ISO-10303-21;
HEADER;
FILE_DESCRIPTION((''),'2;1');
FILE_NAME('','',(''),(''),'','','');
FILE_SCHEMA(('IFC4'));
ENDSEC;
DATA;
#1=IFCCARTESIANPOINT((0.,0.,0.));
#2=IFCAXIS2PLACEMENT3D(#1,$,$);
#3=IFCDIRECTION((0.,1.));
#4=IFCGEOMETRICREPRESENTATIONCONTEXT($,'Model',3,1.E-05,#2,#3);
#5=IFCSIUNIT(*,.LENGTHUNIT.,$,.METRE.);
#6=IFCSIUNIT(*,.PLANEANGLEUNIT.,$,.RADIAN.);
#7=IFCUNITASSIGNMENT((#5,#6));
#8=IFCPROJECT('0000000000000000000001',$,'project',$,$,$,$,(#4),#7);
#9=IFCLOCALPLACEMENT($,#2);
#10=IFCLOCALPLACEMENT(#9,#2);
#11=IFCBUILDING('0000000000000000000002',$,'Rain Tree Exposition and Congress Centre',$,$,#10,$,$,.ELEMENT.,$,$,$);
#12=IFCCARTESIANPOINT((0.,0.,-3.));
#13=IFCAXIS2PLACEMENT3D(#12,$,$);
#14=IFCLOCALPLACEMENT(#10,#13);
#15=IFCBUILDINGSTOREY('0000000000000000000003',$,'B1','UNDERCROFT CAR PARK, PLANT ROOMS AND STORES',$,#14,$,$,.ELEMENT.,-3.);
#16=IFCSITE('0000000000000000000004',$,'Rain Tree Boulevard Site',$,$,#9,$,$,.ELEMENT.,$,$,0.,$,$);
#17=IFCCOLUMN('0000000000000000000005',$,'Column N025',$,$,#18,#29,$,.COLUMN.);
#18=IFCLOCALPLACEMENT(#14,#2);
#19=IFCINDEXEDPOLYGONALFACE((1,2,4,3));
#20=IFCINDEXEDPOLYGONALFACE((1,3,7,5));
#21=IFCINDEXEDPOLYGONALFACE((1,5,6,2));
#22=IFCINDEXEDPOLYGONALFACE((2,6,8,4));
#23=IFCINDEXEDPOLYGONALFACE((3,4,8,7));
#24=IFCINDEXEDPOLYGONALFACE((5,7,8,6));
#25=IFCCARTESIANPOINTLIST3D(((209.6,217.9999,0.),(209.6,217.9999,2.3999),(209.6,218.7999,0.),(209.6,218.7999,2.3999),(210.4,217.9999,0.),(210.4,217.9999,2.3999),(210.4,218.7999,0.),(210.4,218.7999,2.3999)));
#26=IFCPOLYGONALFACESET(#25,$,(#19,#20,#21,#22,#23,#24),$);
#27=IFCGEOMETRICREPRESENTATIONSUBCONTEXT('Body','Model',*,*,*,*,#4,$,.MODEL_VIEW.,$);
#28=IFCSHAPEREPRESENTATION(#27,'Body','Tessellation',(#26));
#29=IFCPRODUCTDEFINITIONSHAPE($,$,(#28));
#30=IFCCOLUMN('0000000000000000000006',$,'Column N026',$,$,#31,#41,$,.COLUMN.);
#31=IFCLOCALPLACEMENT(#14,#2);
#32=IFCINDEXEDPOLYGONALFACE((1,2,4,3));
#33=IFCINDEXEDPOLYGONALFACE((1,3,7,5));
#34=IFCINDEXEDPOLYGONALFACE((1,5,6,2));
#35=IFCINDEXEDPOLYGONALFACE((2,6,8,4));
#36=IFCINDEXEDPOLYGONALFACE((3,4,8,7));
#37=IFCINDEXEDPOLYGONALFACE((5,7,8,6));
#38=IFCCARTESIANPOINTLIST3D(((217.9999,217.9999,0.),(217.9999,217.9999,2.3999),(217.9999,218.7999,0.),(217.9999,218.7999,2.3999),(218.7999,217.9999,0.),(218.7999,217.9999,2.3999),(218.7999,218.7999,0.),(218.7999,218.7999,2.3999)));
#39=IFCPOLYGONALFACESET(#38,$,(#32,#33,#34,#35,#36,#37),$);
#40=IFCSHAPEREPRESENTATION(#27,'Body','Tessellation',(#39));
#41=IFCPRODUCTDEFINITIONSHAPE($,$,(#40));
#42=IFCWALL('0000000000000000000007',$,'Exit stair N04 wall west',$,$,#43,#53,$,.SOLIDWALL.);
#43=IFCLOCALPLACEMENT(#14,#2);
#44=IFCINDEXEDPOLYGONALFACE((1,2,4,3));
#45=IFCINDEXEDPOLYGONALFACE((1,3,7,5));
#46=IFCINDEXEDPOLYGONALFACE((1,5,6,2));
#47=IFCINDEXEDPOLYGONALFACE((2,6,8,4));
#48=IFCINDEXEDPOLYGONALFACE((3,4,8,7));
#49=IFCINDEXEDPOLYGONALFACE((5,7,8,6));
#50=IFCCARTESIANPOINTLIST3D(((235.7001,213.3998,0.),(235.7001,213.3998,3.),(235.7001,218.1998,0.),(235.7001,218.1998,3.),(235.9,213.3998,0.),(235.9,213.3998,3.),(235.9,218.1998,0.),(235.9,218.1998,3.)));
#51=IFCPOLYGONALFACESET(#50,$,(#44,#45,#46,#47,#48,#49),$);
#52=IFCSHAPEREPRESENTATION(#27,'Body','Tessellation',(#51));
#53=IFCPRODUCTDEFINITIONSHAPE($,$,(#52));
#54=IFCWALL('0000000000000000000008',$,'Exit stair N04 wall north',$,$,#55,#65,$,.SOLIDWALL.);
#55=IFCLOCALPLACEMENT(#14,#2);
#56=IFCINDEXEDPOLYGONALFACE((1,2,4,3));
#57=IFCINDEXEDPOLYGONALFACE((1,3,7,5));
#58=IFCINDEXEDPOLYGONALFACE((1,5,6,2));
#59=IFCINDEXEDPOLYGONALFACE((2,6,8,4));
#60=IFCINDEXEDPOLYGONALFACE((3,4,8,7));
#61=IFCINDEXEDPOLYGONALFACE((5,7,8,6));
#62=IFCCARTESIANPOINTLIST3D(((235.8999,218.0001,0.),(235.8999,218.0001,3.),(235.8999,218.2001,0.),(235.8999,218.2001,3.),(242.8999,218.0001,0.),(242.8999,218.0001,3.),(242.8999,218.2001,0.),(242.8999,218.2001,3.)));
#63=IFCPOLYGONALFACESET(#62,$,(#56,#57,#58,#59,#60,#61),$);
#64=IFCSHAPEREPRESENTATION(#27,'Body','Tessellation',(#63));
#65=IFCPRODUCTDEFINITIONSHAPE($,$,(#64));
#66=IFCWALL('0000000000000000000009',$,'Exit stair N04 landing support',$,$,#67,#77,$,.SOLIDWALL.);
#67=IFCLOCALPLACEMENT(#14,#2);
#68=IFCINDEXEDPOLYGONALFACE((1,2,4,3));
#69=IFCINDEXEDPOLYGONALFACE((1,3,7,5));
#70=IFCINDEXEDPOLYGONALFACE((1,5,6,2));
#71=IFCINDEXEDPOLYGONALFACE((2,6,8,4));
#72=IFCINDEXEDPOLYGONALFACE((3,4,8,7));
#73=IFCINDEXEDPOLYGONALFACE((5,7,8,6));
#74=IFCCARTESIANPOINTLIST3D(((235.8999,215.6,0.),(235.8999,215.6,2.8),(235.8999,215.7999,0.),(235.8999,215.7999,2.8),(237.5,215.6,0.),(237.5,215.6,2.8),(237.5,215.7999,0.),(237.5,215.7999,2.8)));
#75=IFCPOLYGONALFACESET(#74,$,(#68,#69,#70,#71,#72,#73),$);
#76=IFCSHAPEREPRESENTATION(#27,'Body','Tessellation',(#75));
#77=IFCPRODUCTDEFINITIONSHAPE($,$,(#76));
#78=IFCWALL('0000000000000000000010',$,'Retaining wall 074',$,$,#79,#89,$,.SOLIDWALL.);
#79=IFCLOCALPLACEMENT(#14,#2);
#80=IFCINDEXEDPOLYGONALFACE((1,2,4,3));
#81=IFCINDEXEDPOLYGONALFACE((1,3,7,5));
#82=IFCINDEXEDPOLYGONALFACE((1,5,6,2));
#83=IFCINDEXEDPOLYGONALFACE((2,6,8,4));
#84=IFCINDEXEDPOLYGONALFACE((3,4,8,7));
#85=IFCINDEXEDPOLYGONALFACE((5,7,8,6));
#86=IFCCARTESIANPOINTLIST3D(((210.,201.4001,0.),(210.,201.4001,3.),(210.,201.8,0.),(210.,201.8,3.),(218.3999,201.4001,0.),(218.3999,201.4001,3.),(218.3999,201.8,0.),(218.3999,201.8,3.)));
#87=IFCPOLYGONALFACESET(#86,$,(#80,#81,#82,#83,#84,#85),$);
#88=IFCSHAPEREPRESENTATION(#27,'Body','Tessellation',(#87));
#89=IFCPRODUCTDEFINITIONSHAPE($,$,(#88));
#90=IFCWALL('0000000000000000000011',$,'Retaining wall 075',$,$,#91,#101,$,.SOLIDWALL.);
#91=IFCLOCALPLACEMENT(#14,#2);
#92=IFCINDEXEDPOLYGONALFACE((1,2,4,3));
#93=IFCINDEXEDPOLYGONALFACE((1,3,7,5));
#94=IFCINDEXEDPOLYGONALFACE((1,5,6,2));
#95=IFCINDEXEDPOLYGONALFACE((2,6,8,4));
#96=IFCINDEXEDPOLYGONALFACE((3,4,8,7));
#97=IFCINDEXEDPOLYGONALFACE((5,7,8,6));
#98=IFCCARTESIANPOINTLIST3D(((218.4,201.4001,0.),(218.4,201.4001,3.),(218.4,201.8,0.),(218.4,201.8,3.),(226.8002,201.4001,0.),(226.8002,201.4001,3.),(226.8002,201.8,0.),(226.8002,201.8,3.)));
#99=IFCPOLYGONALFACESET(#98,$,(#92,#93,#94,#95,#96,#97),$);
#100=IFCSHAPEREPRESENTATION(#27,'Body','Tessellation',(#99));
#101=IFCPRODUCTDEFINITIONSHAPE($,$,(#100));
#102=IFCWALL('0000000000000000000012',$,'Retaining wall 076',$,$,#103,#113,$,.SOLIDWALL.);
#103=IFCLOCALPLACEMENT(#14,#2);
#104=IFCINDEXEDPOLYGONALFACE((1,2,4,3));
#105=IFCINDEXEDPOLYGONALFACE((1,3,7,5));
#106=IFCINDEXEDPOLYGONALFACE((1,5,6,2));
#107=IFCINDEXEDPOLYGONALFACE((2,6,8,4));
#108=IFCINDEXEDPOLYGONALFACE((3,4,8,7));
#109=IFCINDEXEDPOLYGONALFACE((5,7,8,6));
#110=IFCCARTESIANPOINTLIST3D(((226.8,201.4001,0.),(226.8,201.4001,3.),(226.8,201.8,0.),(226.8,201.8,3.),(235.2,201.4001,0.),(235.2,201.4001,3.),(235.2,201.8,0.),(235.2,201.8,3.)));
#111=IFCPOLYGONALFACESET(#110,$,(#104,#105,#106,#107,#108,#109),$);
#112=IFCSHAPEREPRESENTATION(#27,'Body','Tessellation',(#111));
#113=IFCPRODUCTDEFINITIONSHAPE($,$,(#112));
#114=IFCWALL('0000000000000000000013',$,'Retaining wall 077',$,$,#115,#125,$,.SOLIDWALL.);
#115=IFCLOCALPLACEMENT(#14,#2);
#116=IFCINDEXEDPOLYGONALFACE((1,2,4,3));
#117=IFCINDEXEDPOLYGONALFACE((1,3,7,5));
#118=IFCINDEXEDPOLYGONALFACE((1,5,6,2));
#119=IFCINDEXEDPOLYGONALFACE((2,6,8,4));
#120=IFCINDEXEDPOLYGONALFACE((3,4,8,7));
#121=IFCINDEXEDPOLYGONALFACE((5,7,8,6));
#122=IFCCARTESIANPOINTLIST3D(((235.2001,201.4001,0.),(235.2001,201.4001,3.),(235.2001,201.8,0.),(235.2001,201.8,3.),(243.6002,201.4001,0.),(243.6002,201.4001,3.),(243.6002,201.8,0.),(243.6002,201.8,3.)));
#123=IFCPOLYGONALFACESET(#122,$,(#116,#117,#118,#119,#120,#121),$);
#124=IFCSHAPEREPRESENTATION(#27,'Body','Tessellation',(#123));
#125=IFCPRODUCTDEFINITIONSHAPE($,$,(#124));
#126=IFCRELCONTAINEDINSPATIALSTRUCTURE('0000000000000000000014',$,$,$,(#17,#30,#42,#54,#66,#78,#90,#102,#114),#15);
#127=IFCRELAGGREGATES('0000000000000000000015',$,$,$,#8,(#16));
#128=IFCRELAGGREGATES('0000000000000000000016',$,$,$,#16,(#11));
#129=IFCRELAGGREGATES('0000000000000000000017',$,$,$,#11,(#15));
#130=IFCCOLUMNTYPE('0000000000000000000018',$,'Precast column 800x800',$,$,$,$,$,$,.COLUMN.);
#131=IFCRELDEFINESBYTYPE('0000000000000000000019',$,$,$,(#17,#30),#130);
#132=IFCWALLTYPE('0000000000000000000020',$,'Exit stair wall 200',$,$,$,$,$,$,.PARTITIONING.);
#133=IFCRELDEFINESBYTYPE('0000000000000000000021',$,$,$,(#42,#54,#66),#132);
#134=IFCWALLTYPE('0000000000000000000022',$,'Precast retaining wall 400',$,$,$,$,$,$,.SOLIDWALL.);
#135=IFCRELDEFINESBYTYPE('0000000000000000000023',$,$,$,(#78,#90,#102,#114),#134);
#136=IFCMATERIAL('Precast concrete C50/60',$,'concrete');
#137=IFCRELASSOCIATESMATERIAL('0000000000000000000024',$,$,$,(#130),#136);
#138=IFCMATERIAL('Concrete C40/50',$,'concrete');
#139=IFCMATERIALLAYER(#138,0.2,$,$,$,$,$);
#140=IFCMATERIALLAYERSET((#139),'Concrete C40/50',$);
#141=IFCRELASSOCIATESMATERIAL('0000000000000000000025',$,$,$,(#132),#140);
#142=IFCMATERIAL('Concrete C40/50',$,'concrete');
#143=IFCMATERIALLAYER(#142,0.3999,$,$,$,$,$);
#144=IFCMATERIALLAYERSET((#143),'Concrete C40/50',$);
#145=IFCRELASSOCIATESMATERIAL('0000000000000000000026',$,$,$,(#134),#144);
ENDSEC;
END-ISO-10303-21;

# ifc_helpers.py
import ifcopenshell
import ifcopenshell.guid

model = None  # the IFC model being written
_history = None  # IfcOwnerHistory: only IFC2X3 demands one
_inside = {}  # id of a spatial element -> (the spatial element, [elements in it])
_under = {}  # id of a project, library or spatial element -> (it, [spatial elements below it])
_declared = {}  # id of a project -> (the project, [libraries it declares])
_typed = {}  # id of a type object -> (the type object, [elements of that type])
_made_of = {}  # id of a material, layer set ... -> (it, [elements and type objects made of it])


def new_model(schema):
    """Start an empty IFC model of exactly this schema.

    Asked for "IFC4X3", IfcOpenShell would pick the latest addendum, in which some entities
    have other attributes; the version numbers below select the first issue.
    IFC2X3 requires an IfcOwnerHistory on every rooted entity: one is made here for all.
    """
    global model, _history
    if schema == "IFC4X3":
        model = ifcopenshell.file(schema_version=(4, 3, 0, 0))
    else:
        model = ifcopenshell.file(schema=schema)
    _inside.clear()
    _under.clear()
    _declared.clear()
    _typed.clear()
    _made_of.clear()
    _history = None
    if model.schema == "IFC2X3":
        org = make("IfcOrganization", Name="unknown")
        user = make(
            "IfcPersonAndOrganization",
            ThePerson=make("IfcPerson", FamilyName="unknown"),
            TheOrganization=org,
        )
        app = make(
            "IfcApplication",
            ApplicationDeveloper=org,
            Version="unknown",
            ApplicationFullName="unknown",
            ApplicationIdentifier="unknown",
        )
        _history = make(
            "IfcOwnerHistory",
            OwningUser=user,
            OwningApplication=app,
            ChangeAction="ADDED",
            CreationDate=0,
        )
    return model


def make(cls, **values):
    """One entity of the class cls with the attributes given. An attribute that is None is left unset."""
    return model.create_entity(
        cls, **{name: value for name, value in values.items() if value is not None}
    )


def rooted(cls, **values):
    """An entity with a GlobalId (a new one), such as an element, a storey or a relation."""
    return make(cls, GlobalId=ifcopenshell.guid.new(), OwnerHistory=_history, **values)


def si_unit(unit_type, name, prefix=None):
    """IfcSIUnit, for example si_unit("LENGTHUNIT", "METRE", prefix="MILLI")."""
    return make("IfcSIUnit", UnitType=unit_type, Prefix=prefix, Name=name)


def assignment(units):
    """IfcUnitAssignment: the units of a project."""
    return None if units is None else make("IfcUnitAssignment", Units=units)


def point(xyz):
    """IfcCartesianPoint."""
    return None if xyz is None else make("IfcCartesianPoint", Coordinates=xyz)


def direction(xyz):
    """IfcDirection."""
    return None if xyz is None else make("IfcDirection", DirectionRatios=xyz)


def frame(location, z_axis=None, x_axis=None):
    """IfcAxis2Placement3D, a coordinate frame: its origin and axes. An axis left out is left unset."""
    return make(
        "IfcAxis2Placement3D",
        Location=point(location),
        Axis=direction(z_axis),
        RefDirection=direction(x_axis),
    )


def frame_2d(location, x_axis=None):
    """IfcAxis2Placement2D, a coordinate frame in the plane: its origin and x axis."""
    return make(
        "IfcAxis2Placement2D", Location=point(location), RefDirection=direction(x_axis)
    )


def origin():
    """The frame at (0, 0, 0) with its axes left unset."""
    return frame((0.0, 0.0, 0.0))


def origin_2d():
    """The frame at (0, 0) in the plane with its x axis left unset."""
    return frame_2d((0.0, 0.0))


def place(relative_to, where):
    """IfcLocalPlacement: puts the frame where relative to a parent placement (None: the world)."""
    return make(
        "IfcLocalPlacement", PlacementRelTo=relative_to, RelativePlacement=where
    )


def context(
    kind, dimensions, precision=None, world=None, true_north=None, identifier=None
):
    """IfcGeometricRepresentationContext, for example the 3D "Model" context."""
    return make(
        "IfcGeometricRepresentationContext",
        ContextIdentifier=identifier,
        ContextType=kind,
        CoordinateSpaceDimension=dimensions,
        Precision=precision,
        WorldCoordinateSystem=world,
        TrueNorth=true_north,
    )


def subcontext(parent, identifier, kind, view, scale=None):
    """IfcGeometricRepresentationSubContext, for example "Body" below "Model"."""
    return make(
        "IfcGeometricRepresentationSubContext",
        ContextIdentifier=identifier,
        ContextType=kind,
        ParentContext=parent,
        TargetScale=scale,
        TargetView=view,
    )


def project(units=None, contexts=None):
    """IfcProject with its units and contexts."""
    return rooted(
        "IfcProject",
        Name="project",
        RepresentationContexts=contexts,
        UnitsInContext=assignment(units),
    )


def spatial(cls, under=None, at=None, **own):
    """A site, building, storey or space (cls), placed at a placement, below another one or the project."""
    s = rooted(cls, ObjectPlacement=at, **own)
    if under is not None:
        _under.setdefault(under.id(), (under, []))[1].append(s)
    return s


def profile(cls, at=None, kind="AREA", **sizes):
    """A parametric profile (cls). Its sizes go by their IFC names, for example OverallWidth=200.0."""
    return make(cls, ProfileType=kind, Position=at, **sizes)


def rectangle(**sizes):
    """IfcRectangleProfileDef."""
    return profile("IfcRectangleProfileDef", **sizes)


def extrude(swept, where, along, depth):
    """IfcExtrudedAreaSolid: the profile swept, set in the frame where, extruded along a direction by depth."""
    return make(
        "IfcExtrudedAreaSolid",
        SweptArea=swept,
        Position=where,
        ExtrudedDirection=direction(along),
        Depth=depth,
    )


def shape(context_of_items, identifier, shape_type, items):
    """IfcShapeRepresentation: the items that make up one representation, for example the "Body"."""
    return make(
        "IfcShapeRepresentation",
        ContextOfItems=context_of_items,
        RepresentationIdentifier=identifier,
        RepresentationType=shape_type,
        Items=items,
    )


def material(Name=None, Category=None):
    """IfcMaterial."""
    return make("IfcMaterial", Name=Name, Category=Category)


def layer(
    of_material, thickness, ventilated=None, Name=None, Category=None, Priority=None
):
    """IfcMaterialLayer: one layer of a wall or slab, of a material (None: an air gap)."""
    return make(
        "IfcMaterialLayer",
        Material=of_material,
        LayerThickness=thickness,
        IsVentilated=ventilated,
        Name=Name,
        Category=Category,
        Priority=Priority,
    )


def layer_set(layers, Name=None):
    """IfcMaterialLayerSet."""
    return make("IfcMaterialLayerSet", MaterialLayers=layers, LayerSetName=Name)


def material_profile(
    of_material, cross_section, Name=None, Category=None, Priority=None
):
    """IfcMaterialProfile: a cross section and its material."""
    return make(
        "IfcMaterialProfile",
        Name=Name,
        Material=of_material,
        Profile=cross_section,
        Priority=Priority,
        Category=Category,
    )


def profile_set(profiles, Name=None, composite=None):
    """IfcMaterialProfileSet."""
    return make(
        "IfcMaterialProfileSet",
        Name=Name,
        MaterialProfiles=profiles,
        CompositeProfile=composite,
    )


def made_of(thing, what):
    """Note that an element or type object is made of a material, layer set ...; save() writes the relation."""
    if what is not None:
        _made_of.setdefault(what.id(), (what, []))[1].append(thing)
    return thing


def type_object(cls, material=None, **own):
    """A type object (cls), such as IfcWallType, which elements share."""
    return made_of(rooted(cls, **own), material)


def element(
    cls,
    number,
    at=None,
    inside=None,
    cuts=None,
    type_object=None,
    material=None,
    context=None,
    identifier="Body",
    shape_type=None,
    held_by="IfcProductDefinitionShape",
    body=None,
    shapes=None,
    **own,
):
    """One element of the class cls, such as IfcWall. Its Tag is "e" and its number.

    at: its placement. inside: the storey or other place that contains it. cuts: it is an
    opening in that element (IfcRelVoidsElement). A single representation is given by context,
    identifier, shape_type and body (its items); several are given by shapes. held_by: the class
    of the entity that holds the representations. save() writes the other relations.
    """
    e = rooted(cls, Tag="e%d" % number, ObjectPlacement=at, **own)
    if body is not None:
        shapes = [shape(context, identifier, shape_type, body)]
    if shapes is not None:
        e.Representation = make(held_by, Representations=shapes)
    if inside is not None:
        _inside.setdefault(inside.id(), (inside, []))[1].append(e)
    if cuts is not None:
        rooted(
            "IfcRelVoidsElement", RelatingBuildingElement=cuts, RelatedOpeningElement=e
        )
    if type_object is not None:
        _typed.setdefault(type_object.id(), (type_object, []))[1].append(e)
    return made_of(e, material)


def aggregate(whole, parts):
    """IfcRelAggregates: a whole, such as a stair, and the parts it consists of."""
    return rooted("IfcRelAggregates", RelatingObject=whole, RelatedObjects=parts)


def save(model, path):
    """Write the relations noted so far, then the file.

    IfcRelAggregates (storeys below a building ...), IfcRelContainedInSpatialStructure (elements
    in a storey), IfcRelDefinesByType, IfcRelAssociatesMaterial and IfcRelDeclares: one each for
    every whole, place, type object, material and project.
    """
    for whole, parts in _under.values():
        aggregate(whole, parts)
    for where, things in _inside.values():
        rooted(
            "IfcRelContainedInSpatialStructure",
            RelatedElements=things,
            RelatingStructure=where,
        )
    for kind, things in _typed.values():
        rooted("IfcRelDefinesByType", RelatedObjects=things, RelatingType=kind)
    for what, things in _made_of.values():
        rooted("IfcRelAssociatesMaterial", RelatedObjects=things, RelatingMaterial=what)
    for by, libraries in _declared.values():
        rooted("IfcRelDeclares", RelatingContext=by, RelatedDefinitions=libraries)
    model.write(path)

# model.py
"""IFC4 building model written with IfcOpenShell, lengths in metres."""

from ifc_helpers import new_model, si_unit, direction, frame, frame_2d, origin, origin_2d, place, context, subcontext, project, spatial, rectangle, extrude, material, layer, layer_set, material_profile, profile_set, type_object, element, save


model = new_model("IFC4")

# Units and contexts
model_context = context("Model", 3, precision=1e-05, world=origin(), true_north=direction((0.0, 1.0)))
body_context = subcontext(model_context, "Body", "Model", "MODEL_VIEW")
ifc_project = project(units=[si_unit("LENGTHUNIT", "METRE"), si_unit("PLANEANGLEUNIT", "RADIAN")], contexts=[model_context])

# Site, building, storey
site_placement = place(None, origin())
site = spatial("IfcSite", under=ifc_project, at=site_placement, Name="Rain Tree Boulevard Site", CompositionType="ELEMENT", RefElevation=0.0)
building_placement = place(site_placement, origin())
building = spatial("IfcBuilding", under=site, at=building_placement, Name="Rain Tree Exposition and Congress Centre", CompositionType="ELEMENT")
storey_placement = place(building_placement, frame((0.0, 0.0, -3.0)))
storey = spatial("IfcBuildingStorey", under=building, at=storey_placement, Name="B1", Description="UNDERCROFT CAR PARK, PLANT ROOMS AND STORES", CompositionType="ELEMENT", Elevation=-3.0)

# Columns
ifc_material_1 = material(Name="Precast concrete C50/60", Category="concrete")
ifc_material_profile_1 = material_profile(ifc_material_1, rectangle(XDim=0.8, YDim=0.8, at=origin_2d()), Name="RC 800x800")
ifc_profile_set_1 = profile_set([ifc_material_profile_1], Name="Precast concrete C50/60")
column_type = type_object("IfcColumnType", Name="Precast column 800x800", PredefinedType="COLUMN", material=ifc_profile_set_1)
for number, where, z_axis, x_axis, name in (
    (1, (210.0, 218.3999, 0.0), (0.0, 0.0, 1.0), (1.0, 0.0, 0.0), "Column N025"),
    (2, (218.3999, 218.3999, 0.0), (0.0, 0.0, 1.0), (1.0, 0.0, 0.0), "Column N026"),
):
    element("IfcColumn", number, at=place(storey_placement, frame(where, z_axis=z_axis, x_axis=x_axis)), inside=storey, type_object=column_type, Name=name, PredefinedType="COLUMN", context=body_context, shape_type="SweptSolid", body=[
        extrude(rectangle(XDim=0.8, YDim=0.8, at=origin_2d()), origin(), (0.0, 0.0, 1.0), 2.3999),
    ])

# Wall
ifc_material_2 = material(Name="Concrete C40/50", Category="concrete")
ifc_layer_1 = layer(ifc_material_2, 0.2)
ifc_layer_set_1 = layer_set([ifc_layer_1], Name="Concrete C40/50")
wall_type_1 = type_object("IfcWallType", Name="Exit stair wall 200", PredefinedType="PARTITIONING", material=ifc_layer_set_1)
wall_1_placement = place(storey_placement, frame((235.8, 213.3999, 0.0), z_axis=(0.0, 0.0, 1.0), x_axis=(0.0, 1.0, 0.0)))
element("IfcWall", 3, at=wall_1_placement, inside=storey, type_object=wall_type_1, Name="Exit stair N04 wall west", PredefinedType="SOLIDWALL", context=body_context, shape_type="SweptSolid", body=[
    extrude(rectangle(XDim=4.8, YDim=0.2, at=frame_2d((2.3999, 0.0))), origin(), (0.0, 0.0, 1.0), 3.0),
])

# Walls
wall_2_placement = place(storey_placement, frame((235.8999, 218.1001, 0.0), z_axis=(0.0, 0.0, 1.0), x_axis=(1.0, 0.0, 0.0)))
element("IfcWall", 4, at=wall_2_placement, inside=storey, type_object=wall_type_1, Name="Exit stair N04 wall north", PredefinedType="SOLIDWALL", context=body_context, shape_type="SweptSolid", body=[
    extrude(rectangle(XDim=7.0, YDim=0.2, at=frame_2d((3.5, 0.0))), origin(), (0.0, 0.0, 1.0), 3.0),
])
wall_3_placement = place(storey_placement, frame((235.8999, 215.7, 0.0), z_axis=(0.0, 0.0, 1.0), x_axis=(1.0, 0.0, 0.0)))
element("IfcWall", 5, at=wall_3_placement, inside=storey, type_object=wall_type_1, Name="Exit stair N04 landing support", PredefinedType="SOLIDWALL", context=body_context, shape_type="SweptSolid", body=[
    extrude(rectangle(XDim=1.6001, YDim=0.2, at=frame_2d((0.8, 0.0))), origin(), (0.0, 0.0, 1.0), 2.8),
])
ifc_material_3 = material(Name="Concrete C40/50", Category="concrete")
ifc_layer_2 = layer(ifc_material_3, 0.3999)
ifc_layer_set_2 = layer_set([ifc_layer_2], Name="Concrete C40/50")
wall_type_2 = type_object("IfcWallType", Name="Precast retaining wall 400", PredefinedType="SOLIDWALL", material=ifc_layer_set_2)
wall_4_placement = place(storey_placement, frame((210.0, 201.6001, 0.0), z_axis=(0.0, 0.0, 1.0), x_axis=(1.0, 0.0, 0.0)))
element("IfcWall", 6, at=wall_4_placement, inside=storey, type_object=wall_type_2, Name="Retaining wall 074", PredefinedType="SOLIDWALL", context=body_context, shape_type="SweptSolid", body=[
    extrude(rectangle(XDim=8.3999, YDim=0.3999, at=frame_2d((4.2, 0.0))), origin(), (0.0, 0.0, 1.0), 3.0),
])
wall_5_placement = place(storey_placement, frame((218.3999, 201.6001, 0.0), z_axis=(0.0, 0.0, 1.0), x_axis=(1.0, 0.0, 0.0)))
element("IfcWall", 7, at=wall_5_placement, inside=storey, type_object=wall_type_2, Name="Retaining wall 075", PredefinedType="SOLIDWALL", context=body_context, shape_type="SweptSolid", body=[
    extrude(rectangle(XDim=8.4001, YDim=0.3999, at=frame_2d((4.2002, 0.0))), origin(), (0.0, 0.0, 1.0), 3.0),
])
wall_6_placement = place(storey_placement, frame((226.8, 201.6001, 0.0), z_axis=(0.0, 0.0, 1.0), x_axis=(1.0, 0.0, 0.0)))
element("IfcWall", 8, at=wall_6_placement, inside=storey, type_object=wall_type_2, Name="Retaining wall 076", PredefinedType="SOLIDWALL", context=body_context, shape_type="SweptSolid", body=[
    extrude(rectangle(XDim=8.3999, YDim=0.3999, at=frame_2d((4.2, 0.0))), origin(), (0.0, 0.0, 1.0), 3.0),
])
wall_7_placement = place(storey_placement, frame((235.2, 201.6001, 0.0), z_axis=(0.0, 0.0, 1.0), x_axis=(1.0, 0.0, 0.0)))
element("IfcWall", 9, at=wall_7_placement, inside=storey, type_object=wall_type_2, Name="Retaining wall 077", PredefinedType="SOLIDWALL", context=body_context, shape_type="SweptSolid", body=[
    extrude(rectangle(XDim=8.4001, YDim=0.3999, at=frame_2d((4.2002, 0.0))), origin(), (0.0, 0.0, 1.0), 3.0),
])

save(model, "model.ifc")
